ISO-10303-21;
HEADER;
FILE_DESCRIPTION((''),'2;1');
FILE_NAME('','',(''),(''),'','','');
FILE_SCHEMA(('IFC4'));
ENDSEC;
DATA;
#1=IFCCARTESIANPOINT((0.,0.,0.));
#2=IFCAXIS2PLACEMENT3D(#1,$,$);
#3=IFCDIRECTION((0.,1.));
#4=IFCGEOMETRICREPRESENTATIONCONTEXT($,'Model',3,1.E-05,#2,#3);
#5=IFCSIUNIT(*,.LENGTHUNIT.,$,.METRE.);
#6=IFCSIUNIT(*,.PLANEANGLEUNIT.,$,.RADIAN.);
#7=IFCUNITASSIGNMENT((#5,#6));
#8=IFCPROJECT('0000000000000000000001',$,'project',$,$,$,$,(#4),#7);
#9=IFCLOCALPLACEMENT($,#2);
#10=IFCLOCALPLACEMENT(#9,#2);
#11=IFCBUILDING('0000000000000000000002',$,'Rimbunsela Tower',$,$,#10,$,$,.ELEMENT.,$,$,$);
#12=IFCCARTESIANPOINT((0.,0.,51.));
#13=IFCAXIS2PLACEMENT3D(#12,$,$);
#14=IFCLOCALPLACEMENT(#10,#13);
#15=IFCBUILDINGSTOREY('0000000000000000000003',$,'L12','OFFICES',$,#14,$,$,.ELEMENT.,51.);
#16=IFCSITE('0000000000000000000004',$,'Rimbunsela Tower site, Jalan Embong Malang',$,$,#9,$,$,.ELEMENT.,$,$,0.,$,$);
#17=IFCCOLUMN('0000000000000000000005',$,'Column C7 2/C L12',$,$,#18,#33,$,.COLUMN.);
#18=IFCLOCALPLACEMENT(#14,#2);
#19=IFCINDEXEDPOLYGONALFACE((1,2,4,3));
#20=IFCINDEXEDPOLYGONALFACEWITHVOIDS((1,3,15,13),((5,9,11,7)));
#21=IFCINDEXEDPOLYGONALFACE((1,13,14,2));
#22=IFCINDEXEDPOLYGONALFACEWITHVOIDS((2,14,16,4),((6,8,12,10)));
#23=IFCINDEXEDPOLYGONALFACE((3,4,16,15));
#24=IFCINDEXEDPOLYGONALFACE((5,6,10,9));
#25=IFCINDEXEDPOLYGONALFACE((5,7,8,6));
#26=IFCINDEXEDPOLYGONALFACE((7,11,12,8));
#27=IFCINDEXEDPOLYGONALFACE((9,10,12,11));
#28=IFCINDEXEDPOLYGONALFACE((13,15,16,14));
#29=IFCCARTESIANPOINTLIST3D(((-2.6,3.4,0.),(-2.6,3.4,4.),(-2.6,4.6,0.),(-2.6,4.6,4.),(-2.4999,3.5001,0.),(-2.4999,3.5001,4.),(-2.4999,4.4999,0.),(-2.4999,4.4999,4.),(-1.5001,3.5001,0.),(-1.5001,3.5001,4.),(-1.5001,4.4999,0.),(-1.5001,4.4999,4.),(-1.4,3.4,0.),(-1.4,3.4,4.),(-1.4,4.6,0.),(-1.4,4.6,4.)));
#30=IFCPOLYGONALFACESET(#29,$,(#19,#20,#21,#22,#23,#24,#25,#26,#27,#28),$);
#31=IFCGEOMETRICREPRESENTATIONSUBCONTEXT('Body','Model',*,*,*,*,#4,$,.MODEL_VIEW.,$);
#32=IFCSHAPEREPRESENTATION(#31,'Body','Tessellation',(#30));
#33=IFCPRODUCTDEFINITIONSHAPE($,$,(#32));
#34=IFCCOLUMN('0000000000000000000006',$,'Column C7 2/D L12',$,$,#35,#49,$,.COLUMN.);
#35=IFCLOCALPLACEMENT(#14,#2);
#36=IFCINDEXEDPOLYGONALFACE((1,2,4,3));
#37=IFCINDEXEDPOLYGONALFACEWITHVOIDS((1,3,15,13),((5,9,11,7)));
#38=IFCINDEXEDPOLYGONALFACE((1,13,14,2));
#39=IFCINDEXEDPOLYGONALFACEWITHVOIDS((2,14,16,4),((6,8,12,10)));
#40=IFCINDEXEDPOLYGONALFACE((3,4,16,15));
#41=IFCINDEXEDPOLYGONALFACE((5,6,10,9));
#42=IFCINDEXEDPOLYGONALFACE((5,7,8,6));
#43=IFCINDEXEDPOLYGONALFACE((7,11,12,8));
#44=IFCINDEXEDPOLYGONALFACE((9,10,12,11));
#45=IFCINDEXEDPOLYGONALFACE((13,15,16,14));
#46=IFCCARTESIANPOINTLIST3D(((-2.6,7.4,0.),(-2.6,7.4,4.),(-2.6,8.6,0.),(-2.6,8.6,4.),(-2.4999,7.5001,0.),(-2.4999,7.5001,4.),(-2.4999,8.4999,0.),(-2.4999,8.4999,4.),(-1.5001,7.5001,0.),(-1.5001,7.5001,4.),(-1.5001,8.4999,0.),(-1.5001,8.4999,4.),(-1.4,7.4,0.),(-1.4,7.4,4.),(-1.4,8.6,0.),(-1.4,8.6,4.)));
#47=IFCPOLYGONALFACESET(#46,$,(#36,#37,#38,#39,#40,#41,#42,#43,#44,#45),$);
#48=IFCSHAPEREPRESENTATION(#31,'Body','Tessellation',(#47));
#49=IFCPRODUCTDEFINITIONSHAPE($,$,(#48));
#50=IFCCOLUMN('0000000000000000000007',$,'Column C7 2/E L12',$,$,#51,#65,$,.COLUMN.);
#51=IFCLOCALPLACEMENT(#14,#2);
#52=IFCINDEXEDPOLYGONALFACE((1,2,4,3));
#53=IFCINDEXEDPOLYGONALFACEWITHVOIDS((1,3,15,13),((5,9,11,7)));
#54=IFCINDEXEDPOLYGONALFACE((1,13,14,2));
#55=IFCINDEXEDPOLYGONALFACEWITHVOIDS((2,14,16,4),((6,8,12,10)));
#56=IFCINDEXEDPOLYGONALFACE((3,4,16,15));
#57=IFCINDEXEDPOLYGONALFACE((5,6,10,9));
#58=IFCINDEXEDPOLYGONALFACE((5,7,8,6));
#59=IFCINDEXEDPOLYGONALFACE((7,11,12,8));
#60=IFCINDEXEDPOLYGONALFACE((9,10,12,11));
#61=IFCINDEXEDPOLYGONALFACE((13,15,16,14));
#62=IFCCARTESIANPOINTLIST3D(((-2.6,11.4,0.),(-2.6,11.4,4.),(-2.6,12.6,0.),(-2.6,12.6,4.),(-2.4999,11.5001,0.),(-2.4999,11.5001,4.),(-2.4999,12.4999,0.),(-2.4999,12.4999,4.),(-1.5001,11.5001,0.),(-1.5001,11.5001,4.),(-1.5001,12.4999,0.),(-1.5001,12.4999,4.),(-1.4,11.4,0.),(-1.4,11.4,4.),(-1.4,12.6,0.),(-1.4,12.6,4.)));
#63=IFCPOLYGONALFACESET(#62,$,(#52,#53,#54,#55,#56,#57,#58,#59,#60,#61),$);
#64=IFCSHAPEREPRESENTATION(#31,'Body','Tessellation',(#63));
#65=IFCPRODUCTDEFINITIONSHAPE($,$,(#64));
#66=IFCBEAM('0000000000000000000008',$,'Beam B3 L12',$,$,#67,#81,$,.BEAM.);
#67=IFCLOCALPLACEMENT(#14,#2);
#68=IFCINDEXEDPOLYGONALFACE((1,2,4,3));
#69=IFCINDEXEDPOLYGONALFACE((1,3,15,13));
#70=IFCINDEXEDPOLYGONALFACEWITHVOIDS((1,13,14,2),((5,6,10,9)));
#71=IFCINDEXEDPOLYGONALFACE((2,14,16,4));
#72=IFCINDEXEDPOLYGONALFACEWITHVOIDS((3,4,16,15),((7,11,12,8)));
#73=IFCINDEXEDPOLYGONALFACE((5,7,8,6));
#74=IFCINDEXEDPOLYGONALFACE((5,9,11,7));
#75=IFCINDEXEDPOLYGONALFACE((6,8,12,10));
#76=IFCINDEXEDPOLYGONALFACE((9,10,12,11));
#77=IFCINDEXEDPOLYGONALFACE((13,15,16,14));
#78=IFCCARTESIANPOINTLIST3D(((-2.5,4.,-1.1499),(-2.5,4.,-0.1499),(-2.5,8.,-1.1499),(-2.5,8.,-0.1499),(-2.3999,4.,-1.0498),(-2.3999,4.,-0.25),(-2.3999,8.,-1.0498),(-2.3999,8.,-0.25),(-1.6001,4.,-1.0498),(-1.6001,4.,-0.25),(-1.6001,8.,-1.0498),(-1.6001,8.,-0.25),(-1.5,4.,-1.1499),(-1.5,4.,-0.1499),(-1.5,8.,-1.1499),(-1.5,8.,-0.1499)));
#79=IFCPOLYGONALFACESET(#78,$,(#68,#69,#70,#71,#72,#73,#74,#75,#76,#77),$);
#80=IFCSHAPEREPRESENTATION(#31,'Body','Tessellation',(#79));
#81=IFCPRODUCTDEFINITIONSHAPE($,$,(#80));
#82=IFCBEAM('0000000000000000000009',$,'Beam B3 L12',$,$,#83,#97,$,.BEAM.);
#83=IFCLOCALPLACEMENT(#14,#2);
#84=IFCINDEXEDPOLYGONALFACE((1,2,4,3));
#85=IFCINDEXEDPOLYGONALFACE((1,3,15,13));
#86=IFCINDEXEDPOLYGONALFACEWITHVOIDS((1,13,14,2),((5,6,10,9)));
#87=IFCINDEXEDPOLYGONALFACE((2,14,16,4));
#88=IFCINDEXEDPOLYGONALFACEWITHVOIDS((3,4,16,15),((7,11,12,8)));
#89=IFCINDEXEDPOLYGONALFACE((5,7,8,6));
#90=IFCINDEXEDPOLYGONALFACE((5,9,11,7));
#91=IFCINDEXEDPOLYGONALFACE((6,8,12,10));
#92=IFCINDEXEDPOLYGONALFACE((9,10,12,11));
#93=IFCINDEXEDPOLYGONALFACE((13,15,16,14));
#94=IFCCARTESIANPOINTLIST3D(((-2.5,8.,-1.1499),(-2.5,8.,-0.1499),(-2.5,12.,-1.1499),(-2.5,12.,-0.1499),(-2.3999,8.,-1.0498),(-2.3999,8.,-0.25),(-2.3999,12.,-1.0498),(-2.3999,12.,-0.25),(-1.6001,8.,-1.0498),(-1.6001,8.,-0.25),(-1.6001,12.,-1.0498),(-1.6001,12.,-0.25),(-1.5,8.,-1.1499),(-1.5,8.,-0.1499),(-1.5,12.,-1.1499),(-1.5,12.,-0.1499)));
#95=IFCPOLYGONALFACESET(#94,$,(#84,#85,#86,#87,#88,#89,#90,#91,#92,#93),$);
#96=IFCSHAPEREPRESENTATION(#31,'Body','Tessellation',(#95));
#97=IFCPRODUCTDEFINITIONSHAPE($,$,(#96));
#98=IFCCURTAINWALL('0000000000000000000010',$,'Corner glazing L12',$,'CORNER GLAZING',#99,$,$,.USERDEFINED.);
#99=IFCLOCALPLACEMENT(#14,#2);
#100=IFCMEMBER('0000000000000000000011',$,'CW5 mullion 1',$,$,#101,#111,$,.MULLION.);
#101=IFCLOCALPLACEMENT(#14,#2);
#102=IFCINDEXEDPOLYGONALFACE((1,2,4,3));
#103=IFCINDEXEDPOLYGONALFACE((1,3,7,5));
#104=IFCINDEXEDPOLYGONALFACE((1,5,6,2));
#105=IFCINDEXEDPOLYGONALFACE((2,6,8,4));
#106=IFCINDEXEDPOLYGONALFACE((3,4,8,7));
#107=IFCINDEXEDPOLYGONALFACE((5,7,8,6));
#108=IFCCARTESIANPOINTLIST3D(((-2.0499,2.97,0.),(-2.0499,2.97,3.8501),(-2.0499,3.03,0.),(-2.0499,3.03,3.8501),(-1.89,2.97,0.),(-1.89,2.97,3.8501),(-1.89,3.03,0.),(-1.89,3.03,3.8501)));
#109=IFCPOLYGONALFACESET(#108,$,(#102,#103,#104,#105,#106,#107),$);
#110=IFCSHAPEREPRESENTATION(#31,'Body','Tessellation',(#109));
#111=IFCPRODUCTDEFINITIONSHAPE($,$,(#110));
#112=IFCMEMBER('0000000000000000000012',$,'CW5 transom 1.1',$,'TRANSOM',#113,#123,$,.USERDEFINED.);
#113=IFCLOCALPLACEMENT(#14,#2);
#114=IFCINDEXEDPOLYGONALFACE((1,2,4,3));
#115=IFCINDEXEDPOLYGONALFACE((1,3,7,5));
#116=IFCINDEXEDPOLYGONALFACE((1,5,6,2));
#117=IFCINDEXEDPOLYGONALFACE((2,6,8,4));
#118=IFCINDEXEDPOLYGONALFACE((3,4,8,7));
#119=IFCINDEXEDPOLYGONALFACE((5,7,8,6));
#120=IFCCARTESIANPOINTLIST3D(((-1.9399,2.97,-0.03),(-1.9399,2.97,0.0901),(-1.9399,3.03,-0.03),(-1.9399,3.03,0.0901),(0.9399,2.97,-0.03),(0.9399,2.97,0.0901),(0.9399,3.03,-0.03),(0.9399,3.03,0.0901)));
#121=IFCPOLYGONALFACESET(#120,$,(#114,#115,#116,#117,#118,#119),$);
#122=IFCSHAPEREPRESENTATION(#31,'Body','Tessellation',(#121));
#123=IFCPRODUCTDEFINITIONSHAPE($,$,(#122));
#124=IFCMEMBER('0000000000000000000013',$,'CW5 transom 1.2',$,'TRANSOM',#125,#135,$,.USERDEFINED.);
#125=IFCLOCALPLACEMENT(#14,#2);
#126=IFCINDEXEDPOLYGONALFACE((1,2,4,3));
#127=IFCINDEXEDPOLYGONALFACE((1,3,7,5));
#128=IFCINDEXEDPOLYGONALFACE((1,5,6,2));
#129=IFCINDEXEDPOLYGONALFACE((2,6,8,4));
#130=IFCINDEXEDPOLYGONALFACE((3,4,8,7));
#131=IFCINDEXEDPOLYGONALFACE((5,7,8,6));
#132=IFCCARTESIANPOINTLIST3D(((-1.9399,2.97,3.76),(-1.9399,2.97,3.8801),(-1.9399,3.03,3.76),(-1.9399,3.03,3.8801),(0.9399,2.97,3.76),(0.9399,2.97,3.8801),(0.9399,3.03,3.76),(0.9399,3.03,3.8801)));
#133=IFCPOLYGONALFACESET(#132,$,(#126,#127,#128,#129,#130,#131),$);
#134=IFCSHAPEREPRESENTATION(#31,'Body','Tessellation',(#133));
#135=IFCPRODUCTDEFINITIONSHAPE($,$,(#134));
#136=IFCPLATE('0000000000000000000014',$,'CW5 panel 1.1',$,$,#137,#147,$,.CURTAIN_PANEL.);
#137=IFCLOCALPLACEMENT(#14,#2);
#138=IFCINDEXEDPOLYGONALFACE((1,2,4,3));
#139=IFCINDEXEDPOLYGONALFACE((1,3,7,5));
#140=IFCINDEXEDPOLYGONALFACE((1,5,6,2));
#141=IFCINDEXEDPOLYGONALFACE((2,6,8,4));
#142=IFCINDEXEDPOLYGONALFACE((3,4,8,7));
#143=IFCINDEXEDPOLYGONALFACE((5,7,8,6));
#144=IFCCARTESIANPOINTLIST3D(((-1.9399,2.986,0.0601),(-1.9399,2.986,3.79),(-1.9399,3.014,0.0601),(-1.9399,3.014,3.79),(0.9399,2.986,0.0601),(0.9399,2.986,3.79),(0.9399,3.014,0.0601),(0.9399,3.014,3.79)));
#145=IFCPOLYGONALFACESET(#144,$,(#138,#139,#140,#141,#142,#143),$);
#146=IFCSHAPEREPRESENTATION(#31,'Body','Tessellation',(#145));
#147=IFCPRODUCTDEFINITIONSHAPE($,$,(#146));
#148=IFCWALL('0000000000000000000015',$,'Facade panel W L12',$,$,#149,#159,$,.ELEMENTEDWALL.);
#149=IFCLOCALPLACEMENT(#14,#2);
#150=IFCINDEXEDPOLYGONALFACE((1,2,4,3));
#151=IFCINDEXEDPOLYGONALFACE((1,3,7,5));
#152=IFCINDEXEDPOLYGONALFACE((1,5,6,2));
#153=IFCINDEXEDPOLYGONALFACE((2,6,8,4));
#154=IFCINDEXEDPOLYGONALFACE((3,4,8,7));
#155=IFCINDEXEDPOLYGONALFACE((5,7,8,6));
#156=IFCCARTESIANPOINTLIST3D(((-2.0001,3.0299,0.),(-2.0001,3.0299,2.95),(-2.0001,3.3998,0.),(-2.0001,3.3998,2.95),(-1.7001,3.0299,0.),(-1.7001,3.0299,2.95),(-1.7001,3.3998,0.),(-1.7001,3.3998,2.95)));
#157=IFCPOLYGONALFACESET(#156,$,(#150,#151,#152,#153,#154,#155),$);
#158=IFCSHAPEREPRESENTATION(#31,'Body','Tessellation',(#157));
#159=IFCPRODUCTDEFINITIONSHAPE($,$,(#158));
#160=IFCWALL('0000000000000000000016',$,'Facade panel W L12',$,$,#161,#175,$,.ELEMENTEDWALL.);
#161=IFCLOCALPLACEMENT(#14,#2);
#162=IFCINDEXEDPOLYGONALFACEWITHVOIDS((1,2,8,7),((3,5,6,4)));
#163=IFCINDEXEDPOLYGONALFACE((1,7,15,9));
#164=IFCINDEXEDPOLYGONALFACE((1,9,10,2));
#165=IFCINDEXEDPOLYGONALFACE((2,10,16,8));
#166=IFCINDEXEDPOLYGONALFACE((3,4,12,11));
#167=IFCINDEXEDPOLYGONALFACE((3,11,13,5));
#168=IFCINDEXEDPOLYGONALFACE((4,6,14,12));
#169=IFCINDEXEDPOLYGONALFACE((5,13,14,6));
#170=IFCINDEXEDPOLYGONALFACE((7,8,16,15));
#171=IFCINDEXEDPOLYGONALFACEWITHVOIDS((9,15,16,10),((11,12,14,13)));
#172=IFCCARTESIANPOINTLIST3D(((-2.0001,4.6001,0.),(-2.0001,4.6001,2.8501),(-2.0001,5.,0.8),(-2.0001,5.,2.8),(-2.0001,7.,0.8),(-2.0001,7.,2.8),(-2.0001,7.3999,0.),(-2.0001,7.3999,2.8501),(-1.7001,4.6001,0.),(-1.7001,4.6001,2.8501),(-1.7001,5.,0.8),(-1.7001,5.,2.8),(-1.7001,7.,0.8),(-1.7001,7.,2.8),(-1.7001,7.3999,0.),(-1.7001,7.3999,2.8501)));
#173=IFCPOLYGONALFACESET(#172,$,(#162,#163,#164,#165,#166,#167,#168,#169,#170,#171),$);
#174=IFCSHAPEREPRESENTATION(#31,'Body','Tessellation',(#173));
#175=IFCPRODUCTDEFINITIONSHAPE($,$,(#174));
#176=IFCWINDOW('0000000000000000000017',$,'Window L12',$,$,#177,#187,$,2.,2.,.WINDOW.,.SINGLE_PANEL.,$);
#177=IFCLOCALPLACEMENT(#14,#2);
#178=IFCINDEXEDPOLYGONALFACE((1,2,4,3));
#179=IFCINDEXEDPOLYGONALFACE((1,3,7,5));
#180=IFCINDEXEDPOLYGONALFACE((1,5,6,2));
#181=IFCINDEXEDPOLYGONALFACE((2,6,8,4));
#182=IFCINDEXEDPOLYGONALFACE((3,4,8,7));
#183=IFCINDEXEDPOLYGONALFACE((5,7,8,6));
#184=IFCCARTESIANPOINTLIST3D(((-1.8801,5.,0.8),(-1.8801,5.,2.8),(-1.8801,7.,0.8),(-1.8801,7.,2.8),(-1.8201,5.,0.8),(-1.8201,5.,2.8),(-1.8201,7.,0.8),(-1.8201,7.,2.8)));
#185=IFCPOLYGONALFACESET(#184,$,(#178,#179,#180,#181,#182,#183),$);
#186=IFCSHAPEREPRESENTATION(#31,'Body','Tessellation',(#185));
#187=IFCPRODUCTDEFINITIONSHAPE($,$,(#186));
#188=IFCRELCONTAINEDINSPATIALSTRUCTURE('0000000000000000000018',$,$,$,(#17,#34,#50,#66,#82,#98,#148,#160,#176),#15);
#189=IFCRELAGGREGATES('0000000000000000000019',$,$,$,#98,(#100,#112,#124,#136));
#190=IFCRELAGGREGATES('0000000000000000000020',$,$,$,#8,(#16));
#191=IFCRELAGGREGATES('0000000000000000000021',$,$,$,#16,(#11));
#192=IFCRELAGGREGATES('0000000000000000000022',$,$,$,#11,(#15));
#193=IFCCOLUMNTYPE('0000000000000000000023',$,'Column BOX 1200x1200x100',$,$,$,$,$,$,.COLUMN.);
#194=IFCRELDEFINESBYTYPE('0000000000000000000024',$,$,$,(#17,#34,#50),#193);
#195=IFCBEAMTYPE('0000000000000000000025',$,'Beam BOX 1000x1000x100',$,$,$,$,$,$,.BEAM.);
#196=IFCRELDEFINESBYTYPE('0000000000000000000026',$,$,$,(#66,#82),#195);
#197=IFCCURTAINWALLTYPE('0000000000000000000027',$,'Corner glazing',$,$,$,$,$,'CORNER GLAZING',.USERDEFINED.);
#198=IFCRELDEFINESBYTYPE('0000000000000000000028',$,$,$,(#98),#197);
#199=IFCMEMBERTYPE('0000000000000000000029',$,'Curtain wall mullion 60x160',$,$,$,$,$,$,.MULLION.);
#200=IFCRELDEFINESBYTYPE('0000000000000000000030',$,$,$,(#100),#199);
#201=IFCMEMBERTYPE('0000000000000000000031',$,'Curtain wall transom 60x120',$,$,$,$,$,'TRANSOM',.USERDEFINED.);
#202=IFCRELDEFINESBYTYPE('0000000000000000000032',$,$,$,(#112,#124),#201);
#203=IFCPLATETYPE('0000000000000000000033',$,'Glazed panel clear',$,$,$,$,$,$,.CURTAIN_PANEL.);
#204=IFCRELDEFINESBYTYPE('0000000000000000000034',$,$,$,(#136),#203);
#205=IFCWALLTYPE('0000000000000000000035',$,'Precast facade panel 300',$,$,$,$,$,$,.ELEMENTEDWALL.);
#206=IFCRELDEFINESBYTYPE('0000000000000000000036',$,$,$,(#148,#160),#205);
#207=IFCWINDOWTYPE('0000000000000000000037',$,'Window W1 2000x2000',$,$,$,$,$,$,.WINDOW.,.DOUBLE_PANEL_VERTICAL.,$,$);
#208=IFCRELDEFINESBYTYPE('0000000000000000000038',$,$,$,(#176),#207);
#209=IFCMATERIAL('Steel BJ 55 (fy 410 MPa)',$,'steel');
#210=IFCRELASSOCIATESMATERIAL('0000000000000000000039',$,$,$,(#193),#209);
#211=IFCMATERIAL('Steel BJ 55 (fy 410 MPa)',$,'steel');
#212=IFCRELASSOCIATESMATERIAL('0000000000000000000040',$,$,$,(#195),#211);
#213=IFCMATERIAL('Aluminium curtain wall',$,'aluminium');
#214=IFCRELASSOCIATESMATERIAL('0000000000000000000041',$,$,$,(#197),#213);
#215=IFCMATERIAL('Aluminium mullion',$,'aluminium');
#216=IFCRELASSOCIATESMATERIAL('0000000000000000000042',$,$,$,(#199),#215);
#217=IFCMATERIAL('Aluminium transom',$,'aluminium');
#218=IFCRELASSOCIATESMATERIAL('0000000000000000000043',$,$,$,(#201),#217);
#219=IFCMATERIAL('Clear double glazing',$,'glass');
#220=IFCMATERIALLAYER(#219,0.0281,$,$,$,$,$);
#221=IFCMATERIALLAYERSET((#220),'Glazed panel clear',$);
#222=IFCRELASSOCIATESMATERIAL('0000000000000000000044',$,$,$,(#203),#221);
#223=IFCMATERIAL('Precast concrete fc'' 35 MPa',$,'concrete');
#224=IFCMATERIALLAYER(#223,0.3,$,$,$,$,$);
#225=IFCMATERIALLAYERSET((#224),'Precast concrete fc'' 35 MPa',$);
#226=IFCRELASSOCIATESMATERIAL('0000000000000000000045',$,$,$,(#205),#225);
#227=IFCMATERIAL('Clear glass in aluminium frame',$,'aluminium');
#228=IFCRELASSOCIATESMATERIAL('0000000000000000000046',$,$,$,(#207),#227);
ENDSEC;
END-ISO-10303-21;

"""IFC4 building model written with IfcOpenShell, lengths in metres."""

from ifc_helpers import new_model, si_unit, direction, frame, frame_2d, origin, origin_2d, place, context, subcontext, project, spatial, rectangle, hollow_rectangle, extrude, material, layer, layer_set, material_profile, profile_set, type_object, element, fill, aggregate, save


model = new_model("IFC4")

# Units and contexts
model_context = context("Model", 3, precision=1e-05, world=origin(), true_north=direction((0.0, 1.0)))
body_context = subcontext(model_context, "Body", "Model", "MODEL_VIEW")
ifc_project = project(units=[si_unit("LENGTHUNIT", "METRE"), si_unit("PLANEANGLEUNIT", "RADIAN")], contexts=[model_context])

# Site, building, storey
site_placement = place(None, origin())
site = spatial("IfcSite", under=ifc_project, at=site_placement, Name="Rimbunsela Tower site, Jalan Embong Malang", CompositionType="ELEMENT", RefElevation=0.0)
building_placement = place(site_placement, origin())
building = spatial("IfcBuilding", under=site, at=building_placement, Name="Rimbunsela Tower", CompositionType="ELEMENT")
storey_placement = place(building_placement, frame((0.0, 0.0, 51.0)))
storey = spatial("IfcBuildingStorey", under=building, at=storey_placement, Name="L12", Description="OFFICES", CompositionType="ELEMENT", Elevation=51.0)

# Columns
ifc_material_1 = material(Name="Steel BJ 55 (fy 410 MPa)", Category="steel")
ifc_material_profile_1 = material_profile(ifc_material_1, hollow_rectangle(XDim=1.2, YDim=1.2, WallThickness=0.1001, at=origin_2d()), Name="BOX 1200x1200x100")
ifc_profile_set_1 = profile_set([ifc_material_profile_1], Name="Steel BJ 55 (fy 410 MPa)")
column_type = type_object("IfcColumnType", Name="Column BOX 1200x1200x100", PredefinedType="COLUMN", material=ifc_profile_set_1)
for number, where, z_axis, x_axis, name in (
    (1, (-2.0, 4.0, 0.0), (0.0, 0.0, 1.0), (1.0, 0.0, 0.0), "Column C7 2/C L12"),
    (2, (-2.0, 8.0, 0.0), (0.0, 0.0, 1.0), (1.0, 0.0, 0.0), "Column C7 2/D L12"),
    (3, (-2.0, 12.0, 0.0), (0.0, 0.0, 1.0), (1.0, 0.0, 0.0), "Column C7 2/E L12"),
):
    element("IfcColumn", number, at=place(storey_placement, frame(where, z_axis=z_axis, x_axis=x_axis)), inside=storey, type_object=column_type, Name=name, PredefinedType="COLUMN", context=body_context, shape_type="SweptSolid", body=[
        extrude(hollow_rectangle(XDim=1.2, YDim=1.2, WallThickness=0.1001, at=origin_2d()), origin(), (0.0, 0.0, 1.0), 4.0),
    ])

# Beams
ifc_material_2 = material(Name="Steel BJ 55 (fy 410 MPa)", Category="steel")
ifc_material_profile_2 = material_profile(ifc_material_2, hollow_rectangle(XDim=1.0, YDim=1.0, WallThickness=0.1001, at=origin_2d()), Name="BOX 1000x1000x100")
ifc_profile_set_2 = profile_set([ifc_material_profile_2], Name="Steel BJ 55 (fy 410 MPa)")
beam_type = type_object("IfcBeamType", Name="Beam BOX 1000x1000x100", PredefinedType="BEAM", material=ifc_profile_set_2)
for number, where, z_axis, x_axis, name in (
    (4, (-2.0, 4.0, -0.6499), (0.0, 1.0, 0.0), (-1.0, 0.0, 0.0), "Beam B3 L12"),
    (5, (-2.0, 8.0, -0.6499), (0.0, 1.0, 0.0), (-1.0, 0.0, 0.0), "Beam B3 L12"),
):
    element("IfcBeam", number, at=place(storey_placement, frame(where, z_axis=z_axis, x_axis=x_axis)), inside=storey, type_object=beam_type, Name=name, PredefinedType="BEAM", context=body_context, shape_type="SweptSolid", body=[
        extrude(hollow_rectangle(XDim=1.0, YDim=1.0, WallThickness=0.1001, at=origin_2d()), origin(), (0.0, 0.0, 1.0), 4.0),
    ])

# Curtain wall, members, plate
ifc_material_3 = material(Name="Aluminium curtain wall", Category="aluminium")
curtain_wall_type = type_object("IfcCurtainWallType", Name="Corner glazing", ElementType="CORNER GLAZING", PredefinedType="USERDEFINED", material=ifc_material_3)
curtain_wall_placement = place(storey_placement, origin())
curtain_wall = element("IfcCurtainWall", 6, at=curtain_wall_placement, inside=storey, type_object=curtain_wall_type, Name="Corner glazing L12", ObjectType="CORNER GLAZING", PredefinedType="USERDEFINED")
ifc_material_4 = material(Name="Aluminium mullion", Category="aluminium")
ifc_material_profile_3 = material_profile(ifc_material_4, rectangle(XDim=0.0601, YDim=0.1599, at=origin_2d()), Name="Mullion 60x160")
ifc_profile_set_3 = profile_set([ifc_material_profile_3], Name="Aluminium mullion")
member_type_1 = type_object("IfcMemberType", Name="Curtain wall mullion 60x160", PredefinedType="MULLION", material=ifc_profile_set_3)
member_1_placement = place(storey_placement, frame((-1.97, 3.0, 0.0), z_axis=(0.0, 0.0, 1.0), x_axis=(0.0, 1.0, 0.0)))
member_1 = element("IfcMember", 7, at=member_1_placement, type_object=member_type_1, Name="CW5 mullion 1", PredefinedType="MULLION", context=body_context, shape_type="SweptSolid", body=[
    extrude(rectangle(XDim=0.0601, YDim=0.1599, at=origin_2d()), origin(), (0.0, 0.0, 1.0), 3.8501),
])
ifc_material_5 = material(Name="Aluminium transom", Category="aluminium")
ifc_material_profile_4 = material_profile(ifc_material_5, rectangle(XDim=0.0601, YDim=0.1201, at=origin_2d()), Name="Transom 60x120")
ifc_profile_set_4 = profile_set([ifc_material_profile_4], Name="Aluminium transom")
member_type_2 = type_object("IfcMemberType", Name="Curtain wall transom 60x120", ElementType="TRANSOM", PredefinedType="USERDEFINED", material=ifc_profile_set_4)
member_2_placement = place(storey_placement, frame((-1.9399, 3.0, 0.03), z_axis=(1.0, 0.0, 0.0), x_axis=(0.0, 1.0, 0.0)))
member_2 = element("IfcMember", 8, at=member_2_placement, type_object=member_type_2, Name="CW5 transom 1.1", ObjectType="TRANSOM", PredefinedType="USERDEFINED", context=body_context, shape_type="SweptSolid", body=[
    extrude(rectangle(XDim=0.0601, YDim=0.1201, at=origin_2d()), origin(), (0.0, 0.0, 1.0), 2.8799),
])
member_3_placement = place(storey_placement, frame((-1.9399, 3.0, 3.8201), z_axis=(1.0, 0.0, 0.0), x_axis=(0.0, 1.0, 0.0)))
member_3 = element("IfcMember", 9, at=member_3_placement, type_object=member_type_2, Name="CW5 transom 1.2", ObjectType="TRANSOM", PredefinedType="USERDEFINED", context=body_context, shape_type="SweptSolid", body=[
    extrude(rectangle(XDim=0.0601, YDim=0.1201, at=origin_2d()), origin(), (0.0, 0.0, 1.0), 2.8799),
])
ifc_material_6 = material(Name="Clear double glazing", Category="glass")
ifc_layer_1 = layer(ifc_material_6, 0.0281)
ifc_layer_set_1 = layer_set([ifc_layer_1], Name="Glazed panel clear")
plate_type = type_object("IfcPlateType", Name="Glazed panel clear", PredefinedType="CURTAIN_PANEL", material=ifc_layer_set_1)
plate_placement = place(storey_placement, frame((-0.5, 3.0, 0.0601), z_axis=(0.0, 0.0, 1.0), x_axis=(1.0, 0.0, 0.0)))
plate = element("IfcPlate", 10, at=plate_placement, type_object=plate_type, Name="CW5 panel 1.1", PredefinedType="CURTAIN_PANEL", context=body_context, shape_type="SweptSolid", body=[
    extrude(rectangle(XDim=2.8799, YDim=0.0281, at=origin_2d()), origin(), (0.0, 0.0, 1.0), 3.73),
])
aggregate(curtain_wall, [member_1, member_2, member_3, plate])

# Wall
ifc_material_7 = material(Name="Precast concrete fc' 35 MPa", Category="concrete")
ifc_layer_2 = layer(ifc_material_7, 0.3)
ifc_layer_set_2 = layer_set([ifc_layer_2], Name="Precast concrete fc' 35 MPa")
wall_type = type_object("IfcWallType", Name="Precast facade panel 300", PredefinedType="ELEMENTEDWALL", material=ifc_layer_set_2)
wall_1_placement = place(storey_placement, frame((-1.8501, 3.3999, 0.0), z_axis=(0.0, 0.0, 1.0), x_axis=(0.0, -1.0, 0.0)))
element("IfcWall", 11, at=wall_1_placement, inside=storey, type_object=wall_type, Name="Facade panel W L12", PredefinedType="ELEMENTEDWALL", context=body_context, shape_type="SweptSolid", body=[
    extrude(rectangle(XDim=0.3699, YDim=0.3, at=frame_2d((0.1851, 0.0))), origin(), (0.0, 0.0, 1.0), 2.95),
])

# Wall, opening, window
wall_2_placement = place(storey_placement, frame((-1.8501, 7.3999, 0.0), z_axis=(0.0, 0.0, 1.0), x_axis=(0.0, -1.0, 0.0)))
wall_2 = element("IfcWall", 12, at=wall_2_placement, inside=storey, type_object=wall_type, Name="Facade panel W L12", PredefinedType="ELEMENTEDWALL", context=body_context, shape_type="SweptSolid", body=[
    extrude(rectangle(XDim=2.7998, YDim=0.3, at=frame_2d((1.3999, 0.0))), origin(), (0.0, 0.0, 1.0), 2.8501),
])
opening_1_placement = place(wall_2_placement, frame((0.3999, 0.0, 0.8)))
opening_1 = element("IfcOpeningElement", 13, at=opening_1_placement, cuts=wall_2, PredefinedType="OPENING", context=body_context, shape_type="SweptSolid", body=[
    extrude(rectangle(XDim=2.0, YDim=2.0, at=frame_2d((1.0, 1.0))), frame((0.0, 0.1599, 0.0), z_axis=(0.0, -1.0, 0.0), x_axis=(1.0, 0.0, 0.0)), (0.0, 0.0, 1.0), 0.3201),
])
ifc_material_8 = material(Name="Clear glass in aluminium frame", Category="aluminium")
window_type = type_object("IfcWindowType", Name="Window W1 2000x2000", PartitioningType="DOUBLE_PANEL_VERTICAL", PredefinedType="WINDOW", material=ifc_material_8)
window_1_placement = place(opening_1_placement, origin())
window_1 = element("IfcWindow", 14, at=window_1_placement, inside=storey, type_object=window_type, Name="Window L12", OverallHeight=2.0, OverallWidth=2.0, PartitioningType="SINGLE_PANEL", PredefinedType="WINDOW", context=body_context, shape_type="SweptSolid", body=[
    extrude(rectangle(XDim=2.0, YDim=2.0, at=frame_2d((1.0, 1.0))), frame((0.0, 0.03, 0.0), z_axis=(0.0, -1.0, 0.0), x_axis=(1.0, 0.0, 0.0)), (0.0, 0.0, 1.0), 0.0601),
])
fill(opening_1, window_1)

save(model, "model.ifc")
